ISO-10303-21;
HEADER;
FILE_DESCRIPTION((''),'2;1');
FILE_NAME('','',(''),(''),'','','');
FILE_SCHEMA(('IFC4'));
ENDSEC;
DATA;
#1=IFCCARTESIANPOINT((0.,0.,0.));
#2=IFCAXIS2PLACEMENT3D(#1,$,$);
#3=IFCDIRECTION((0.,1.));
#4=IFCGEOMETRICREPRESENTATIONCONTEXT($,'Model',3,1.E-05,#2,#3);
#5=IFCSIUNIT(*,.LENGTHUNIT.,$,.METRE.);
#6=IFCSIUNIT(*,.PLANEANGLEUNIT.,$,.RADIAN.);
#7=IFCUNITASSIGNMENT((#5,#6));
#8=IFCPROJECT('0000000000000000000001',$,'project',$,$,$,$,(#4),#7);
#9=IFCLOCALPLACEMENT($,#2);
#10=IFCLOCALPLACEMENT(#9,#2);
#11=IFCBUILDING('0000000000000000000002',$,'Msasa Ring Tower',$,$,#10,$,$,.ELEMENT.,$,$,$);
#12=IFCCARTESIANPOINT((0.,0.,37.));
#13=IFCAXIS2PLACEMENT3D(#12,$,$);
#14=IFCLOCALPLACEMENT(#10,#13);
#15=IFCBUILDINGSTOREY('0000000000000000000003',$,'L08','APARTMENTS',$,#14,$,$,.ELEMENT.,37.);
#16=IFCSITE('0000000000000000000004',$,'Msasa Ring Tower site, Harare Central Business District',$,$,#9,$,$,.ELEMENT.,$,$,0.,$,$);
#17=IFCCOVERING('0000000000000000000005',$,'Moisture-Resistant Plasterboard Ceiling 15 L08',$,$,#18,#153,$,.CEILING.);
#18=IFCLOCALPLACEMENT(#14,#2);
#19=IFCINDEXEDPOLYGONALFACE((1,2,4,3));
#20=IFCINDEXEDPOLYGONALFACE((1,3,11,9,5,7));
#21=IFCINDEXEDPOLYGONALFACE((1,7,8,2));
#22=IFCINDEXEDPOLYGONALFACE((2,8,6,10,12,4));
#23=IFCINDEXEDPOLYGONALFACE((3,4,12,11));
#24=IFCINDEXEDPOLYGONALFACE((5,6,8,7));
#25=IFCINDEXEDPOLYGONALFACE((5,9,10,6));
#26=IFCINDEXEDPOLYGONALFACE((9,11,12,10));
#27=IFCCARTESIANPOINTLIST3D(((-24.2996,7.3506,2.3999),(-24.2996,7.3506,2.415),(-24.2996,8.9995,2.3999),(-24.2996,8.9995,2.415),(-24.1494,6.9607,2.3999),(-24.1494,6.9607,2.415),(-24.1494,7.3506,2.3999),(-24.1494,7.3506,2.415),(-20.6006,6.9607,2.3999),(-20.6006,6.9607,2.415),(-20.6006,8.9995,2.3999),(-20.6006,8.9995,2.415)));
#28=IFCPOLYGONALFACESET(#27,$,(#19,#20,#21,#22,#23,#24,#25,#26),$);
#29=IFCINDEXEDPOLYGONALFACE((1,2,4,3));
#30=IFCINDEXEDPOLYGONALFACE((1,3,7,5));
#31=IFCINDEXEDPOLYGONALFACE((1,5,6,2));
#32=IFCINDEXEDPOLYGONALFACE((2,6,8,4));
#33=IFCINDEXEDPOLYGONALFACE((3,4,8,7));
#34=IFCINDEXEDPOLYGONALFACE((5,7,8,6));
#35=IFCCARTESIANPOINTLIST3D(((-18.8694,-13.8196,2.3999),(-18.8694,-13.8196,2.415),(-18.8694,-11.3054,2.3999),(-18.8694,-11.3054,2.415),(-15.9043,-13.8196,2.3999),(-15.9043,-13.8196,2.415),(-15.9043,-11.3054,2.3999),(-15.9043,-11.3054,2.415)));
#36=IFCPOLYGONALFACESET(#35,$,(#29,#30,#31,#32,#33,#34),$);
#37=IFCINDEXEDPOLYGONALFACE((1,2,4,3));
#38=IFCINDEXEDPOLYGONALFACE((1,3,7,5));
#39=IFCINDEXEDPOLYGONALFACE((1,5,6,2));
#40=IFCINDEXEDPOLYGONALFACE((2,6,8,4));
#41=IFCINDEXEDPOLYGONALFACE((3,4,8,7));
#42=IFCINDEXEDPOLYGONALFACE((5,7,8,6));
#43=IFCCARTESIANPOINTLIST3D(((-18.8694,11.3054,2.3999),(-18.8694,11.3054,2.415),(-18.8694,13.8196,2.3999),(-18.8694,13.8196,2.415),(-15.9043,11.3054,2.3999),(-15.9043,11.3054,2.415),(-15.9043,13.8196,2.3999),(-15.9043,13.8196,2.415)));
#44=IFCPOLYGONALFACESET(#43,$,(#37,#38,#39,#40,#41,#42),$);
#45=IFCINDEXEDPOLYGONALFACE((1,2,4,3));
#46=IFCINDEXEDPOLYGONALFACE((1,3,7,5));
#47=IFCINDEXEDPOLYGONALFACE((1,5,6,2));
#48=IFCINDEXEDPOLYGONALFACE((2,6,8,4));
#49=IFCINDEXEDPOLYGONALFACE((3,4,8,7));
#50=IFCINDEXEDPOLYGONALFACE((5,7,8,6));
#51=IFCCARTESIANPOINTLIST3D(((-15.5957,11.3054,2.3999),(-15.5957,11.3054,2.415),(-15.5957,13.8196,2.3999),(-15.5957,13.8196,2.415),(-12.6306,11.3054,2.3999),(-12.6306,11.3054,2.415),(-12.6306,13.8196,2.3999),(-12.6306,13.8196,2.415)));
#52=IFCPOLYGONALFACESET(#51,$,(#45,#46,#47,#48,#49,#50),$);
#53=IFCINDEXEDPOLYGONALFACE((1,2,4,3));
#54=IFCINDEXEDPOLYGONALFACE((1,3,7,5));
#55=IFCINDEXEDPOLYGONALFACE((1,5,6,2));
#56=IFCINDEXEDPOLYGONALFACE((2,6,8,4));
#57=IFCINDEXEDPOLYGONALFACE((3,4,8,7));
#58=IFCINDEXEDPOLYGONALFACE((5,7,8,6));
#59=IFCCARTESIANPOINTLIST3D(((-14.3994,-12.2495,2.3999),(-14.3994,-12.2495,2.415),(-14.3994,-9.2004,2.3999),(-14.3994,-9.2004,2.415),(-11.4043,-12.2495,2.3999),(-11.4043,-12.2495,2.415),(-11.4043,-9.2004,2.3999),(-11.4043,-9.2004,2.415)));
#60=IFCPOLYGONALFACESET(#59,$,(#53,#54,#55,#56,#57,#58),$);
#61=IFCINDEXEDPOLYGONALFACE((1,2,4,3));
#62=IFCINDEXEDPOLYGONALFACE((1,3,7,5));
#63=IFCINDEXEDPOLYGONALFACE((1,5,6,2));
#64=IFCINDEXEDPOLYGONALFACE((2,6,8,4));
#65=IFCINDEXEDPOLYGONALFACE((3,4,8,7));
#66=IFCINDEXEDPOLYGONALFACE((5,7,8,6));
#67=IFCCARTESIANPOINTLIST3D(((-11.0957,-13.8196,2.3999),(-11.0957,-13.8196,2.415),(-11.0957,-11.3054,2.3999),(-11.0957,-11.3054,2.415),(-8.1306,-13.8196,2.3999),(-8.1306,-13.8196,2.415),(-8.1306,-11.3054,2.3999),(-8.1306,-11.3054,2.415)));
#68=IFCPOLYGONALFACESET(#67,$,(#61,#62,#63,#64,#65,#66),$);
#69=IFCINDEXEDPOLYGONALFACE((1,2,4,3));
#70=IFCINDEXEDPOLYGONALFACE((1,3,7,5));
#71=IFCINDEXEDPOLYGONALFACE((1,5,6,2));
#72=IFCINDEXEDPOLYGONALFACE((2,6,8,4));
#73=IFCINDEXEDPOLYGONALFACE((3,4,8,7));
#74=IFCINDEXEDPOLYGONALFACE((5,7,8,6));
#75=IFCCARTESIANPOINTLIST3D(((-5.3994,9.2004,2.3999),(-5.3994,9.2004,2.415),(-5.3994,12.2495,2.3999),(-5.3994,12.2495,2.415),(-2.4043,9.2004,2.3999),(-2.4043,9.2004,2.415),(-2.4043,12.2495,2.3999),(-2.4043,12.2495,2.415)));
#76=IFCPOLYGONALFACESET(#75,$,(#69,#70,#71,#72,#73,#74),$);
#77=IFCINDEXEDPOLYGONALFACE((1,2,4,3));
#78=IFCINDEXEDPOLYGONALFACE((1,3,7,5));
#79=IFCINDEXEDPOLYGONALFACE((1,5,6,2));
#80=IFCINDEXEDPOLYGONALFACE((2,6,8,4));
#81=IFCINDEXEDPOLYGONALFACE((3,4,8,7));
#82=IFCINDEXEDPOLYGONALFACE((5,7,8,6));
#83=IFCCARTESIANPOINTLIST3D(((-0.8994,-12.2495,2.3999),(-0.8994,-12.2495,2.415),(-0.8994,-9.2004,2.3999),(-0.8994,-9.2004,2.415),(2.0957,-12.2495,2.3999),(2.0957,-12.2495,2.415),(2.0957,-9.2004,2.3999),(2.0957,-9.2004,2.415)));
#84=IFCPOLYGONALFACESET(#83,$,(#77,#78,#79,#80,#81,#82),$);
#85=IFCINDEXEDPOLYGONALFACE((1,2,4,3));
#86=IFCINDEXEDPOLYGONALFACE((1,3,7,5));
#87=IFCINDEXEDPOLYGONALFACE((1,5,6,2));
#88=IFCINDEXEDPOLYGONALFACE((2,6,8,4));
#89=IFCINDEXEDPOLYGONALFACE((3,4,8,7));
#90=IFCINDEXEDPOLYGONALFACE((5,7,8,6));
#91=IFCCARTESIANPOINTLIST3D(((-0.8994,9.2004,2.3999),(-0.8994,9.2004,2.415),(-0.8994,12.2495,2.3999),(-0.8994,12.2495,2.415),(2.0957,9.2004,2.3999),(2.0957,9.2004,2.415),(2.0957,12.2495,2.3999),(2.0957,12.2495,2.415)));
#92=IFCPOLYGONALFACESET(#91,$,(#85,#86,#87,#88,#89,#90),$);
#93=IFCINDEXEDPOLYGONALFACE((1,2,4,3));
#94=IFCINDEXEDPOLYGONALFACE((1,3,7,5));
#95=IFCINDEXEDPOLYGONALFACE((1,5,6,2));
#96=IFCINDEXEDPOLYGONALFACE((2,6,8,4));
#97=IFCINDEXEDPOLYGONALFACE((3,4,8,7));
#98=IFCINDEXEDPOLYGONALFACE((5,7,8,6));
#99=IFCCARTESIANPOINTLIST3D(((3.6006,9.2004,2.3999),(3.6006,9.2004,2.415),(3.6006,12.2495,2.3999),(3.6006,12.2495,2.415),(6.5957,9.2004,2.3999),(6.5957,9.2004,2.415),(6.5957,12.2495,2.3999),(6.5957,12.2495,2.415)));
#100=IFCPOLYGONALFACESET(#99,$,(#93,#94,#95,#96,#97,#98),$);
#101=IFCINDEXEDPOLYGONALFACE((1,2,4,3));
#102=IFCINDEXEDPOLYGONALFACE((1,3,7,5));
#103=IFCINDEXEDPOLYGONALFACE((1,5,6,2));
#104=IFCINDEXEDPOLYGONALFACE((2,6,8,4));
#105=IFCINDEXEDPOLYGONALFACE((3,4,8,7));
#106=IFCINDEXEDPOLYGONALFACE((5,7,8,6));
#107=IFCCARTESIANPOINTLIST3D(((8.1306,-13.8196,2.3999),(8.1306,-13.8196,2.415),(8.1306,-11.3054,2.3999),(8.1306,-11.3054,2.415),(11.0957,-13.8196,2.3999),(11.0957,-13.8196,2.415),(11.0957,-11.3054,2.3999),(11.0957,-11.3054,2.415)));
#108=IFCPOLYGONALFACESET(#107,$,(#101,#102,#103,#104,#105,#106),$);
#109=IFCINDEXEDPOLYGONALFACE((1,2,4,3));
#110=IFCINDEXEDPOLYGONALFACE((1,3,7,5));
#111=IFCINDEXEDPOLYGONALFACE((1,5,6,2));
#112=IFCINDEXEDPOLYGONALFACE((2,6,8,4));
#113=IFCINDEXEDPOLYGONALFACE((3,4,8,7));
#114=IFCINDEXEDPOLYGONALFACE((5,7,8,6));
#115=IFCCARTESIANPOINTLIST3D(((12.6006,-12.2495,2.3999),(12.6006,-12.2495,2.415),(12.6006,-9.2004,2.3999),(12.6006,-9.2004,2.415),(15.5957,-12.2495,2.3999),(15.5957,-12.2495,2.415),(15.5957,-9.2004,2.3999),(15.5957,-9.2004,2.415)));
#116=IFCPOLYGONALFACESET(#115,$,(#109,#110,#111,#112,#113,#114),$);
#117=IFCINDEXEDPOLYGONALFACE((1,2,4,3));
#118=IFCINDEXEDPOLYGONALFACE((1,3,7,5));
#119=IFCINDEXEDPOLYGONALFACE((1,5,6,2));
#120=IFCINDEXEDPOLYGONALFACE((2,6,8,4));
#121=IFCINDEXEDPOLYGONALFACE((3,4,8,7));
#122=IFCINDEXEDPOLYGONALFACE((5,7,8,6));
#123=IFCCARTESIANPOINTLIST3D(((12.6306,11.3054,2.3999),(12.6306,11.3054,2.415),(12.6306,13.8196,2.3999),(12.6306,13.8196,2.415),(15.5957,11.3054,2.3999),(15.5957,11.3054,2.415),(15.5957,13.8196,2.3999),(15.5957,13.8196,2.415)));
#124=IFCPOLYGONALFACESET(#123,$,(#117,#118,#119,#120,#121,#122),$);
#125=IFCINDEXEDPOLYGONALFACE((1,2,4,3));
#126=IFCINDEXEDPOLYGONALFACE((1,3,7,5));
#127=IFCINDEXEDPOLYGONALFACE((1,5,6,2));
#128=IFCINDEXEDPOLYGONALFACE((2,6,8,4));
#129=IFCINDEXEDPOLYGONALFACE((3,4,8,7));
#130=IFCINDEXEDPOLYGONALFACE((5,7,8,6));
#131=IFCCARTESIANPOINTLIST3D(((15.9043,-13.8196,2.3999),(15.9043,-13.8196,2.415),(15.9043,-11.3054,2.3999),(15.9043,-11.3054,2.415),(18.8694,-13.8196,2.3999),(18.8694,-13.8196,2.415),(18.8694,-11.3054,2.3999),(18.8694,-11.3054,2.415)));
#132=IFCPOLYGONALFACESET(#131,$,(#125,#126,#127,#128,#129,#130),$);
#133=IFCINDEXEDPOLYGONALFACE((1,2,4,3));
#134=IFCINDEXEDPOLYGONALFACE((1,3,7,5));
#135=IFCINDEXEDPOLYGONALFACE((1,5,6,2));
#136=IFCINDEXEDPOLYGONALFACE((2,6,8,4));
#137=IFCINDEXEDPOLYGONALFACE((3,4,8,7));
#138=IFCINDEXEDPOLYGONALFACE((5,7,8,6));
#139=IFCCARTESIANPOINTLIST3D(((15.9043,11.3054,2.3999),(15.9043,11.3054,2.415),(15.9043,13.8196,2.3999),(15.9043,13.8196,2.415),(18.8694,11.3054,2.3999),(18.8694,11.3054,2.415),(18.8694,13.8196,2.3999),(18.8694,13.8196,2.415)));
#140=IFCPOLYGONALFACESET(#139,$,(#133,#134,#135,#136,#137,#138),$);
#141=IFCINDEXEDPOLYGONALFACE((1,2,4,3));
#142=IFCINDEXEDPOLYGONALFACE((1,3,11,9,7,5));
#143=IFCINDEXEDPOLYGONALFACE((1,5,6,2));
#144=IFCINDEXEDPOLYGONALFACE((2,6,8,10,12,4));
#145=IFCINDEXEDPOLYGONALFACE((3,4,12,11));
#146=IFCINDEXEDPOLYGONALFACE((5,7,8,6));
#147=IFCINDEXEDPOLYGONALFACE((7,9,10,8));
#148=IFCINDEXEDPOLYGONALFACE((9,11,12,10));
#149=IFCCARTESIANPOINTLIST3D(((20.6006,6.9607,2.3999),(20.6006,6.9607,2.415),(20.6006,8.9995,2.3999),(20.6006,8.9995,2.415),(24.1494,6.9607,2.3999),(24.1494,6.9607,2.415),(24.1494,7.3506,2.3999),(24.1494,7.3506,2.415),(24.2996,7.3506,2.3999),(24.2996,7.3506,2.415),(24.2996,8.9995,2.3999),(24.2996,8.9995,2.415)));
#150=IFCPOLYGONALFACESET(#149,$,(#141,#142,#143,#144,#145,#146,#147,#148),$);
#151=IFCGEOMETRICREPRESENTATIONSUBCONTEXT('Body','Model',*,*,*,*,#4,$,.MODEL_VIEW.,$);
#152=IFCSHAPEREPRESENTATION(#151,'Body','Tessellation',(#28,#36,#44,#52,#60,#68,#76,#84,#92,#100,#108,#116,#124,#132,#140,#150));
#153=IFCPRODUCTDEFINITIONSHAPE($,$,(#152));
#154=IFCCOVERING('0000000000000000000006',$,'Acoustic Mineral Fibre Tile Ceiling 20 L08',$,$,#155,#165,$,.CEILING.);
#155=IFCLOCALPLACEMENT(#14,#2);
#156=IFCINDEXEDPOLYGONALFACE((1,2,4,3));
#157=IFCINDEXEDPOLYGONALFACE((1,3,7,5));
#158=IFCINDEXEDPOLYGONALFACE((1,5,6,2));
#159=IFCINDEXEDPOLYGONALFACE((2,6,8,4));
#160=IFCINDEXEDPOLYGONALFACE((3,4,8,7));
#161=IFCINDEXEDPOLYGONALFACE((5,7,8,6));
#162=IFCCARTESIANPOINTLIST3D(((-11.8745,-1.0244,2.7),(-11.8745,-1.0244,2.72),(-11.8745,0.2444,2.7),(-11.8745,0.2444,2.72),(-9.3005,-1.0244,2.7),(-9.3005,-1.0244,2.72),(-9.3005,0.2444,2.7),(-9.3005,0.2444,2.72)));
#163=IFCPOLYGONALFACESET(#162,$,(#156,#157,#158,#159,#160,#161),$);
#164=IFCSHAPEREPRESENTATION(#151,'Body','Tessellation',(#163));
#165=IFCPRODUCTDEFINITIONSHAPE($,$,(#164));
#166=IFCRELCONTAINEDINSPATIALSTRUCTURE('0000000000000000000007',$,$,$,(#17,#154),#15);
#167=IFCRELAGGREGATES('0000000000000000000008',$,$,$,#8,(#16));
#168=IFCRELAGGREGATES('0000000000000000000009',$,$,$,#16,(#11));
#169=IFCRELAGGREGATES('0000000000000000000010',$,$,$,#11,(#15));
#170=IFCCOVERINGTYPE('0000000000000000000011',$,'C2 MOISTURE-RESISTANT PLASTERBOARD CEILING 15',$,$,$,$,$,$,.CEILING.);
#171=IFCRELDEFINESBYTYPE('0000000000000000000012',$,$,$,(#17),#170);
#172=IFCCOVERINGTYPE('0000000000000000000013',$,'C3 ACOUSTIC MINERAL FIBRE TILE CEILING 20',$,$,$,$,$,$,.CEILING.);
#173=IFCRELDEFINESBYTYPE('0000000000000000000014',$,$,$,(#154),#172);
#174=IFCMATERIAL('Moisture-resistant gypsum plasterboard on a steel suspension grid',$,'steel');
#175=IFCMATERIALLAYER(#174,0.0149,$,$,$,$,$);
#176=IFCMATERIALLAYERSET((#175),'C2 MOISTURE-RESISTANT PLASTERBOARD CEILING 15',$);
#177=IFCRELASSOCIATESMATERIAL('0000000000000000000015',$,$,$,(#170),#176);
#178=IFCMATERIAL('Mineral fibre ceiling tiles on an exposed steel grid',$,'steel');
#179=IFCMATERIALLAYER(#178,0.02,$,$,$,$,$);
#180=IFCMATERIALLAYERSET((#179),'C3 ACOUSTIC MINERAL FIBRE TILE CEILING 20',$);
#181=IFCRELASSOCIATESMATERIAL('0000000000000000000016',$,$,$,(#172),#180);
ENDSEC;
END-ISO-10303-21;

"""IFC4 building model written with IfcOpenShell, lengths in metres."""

from ifc_helpers import new_model, si_unit, direction, frame, origin, place, context, subcontext, project, spatial, line, indexed_curve, outline, extrude, material, layer, layer_set, type_object, element, save


model = new_model("IFC4")

# Units and contexts
model_context = context("Model", 3, precision=1e-05, world=origin(), true_north=direction((0.0, 1.0)))
body_context = subcontext(model_context, "Body", "Model", "MODEL_VIEW")
ifc_project = project(units=[si_unit("LENGTHUNIT", "METRE"), si_unit("PLANEANGLEUNIT", "RADIAN")], contexts=[model_context])

# Site, building, storey
site_placement = place(None, origin())
site = spatial("IfcSite", under=ifc_project, at=site_placement, Name="Msasa Ring Tower site, Harare Central Business District", CompositionType="ELEMENT", RefElevation=0.0)
building_placement = place(site_placement, origin())
building = spatial("IfcBuilding", under=site, at=building_placement, Name="Msasa Ring Tower", CompositionType="ELEMENT")
storey_placement = place(building_placement, frame((0.0, 0.0, 37.0)))
storey = spatial("IfcBuildingStorey", under=building, at=storey_placement, Name="L08", Description="APARTMENTS", CompositionType="ELEMENT", Elevation=37.0)

# Coverings
ifc_material_1 = material(Name="Moisture-resistant gypsum plasterboard on a steel suspension grid", Category="steel")
ifc_layer_1 = layer(ifc_material_1, 0.0149)
ifc_layer_set_1 = layer_set([ifc_layer_1], Name="C2 MOISTURE-RESISTANT PLASTERBOARD CEILING 15")
covering_type_1 = type_object("IfcCoveringType", Name="C2 MOISTURE-RESISTANT PLASTERBOARD CEILING 15", PredefinedType="CEILING", material=ifc_layer_set_1)
covering_1_placement = place(storey_placement, frame((0.0, 0.0, 2.3999)))
element("IfcCovering", 1, at=covering_1_placement, inside=storey, type_object=covering_type_1, Name="Moisture-Resistant Plasterboard Ceiling 15 L08", PredefinedType="CEILING", context=body_context, shape_type="SweptSolid", body=[
    extrude(outline(indexed_curve([(-20.6006, 6.9607), (-24.1494, 6.9607), (-24.1494, 7.3506), (-24.2996, 7.3506), (-24.2996, 8.9995), (-20.6006, 8.9995)], segments=[line(1, 2, 3, 4, 5, 6, 1)], self_intersect=False)), origin(), (0.0, 0.0, 1.0), 0.0151),
    extrude(outline(indexed_curve([(-18.8694, -11.3054), (-15.9043, -11.3054), (-15.9043, -13.8196), (-18.8694, -13.8196)], segments=[line(1, 2, 3, 4, 1)], self_intersect=False)), origin(), (0.0, 0.0, 1.0), 0.0151),
    extrude(outline(indexed_curve([(-18.8694, 13.8196), (-15.9043, 13.8196), (-15.9043, 11.3054), (-18.8694, 11.3054)], segments=[line(1, 2, 3, 4, 1)], self_intersect=False)), origin(), (0.0, 0.0, 1.0), 0.0151),
    extrude(outline(indexed_curve([(-12.6306, 13.8196), (-12.6306, 11.3054), (-15.5957, 11.3054), (-15.5957, 13.8196)], segments=[line(1, 2, 3, 4, 1)], self_intersect=False)), origin(), (0.0, 0.0, 1.0), 0.0151),
    extrude(outline(indexed_curve([(-14.3994, -9.2004), (-11.4043, -9.2004), (-11.4043, -12.2495), (-14.3994, -12.2495)], segments=[line(1, 2, 3, 4, 1)], self_intersect=False)), origin(), (0.0, 0.0, 1.0), 0.0151),
    extrude(outline(indexed_curve([(-8.1306, -11.3054), (-8.1306, -13.8196), (-11.0957, -13.8196), (-11.0957, -11.3054)], segments=[line(1, 2, 3, 4, 1)], self_intersect=False)), origin(), (0.0, 0.0, 1.0), 0.0151),
    extrude(outline(indexed_curve([(-5.3994, 12.2495), (-2.4043, 12.2495), (-2.4043, 9.2004), (-5.3994, 9.2004)], segments=[line(1, 2, 3, 4, 1)], self_intersect=False)), origin(), (0.0, 0.0, 1.0), 0.0151),
    extrude(outline(indexed_curve([(-0.8994, -9.2004), (2.0957, -9.2004), (2.0957, -12.2495), (-0.8994, -12.2495)], segments=[line(1, 2, 3, 4, 1)], self_intersect=False)), origin(), (0.0, 0.0, 1.0), 0.0151),
    extrude(outline(indexed_curve([(-0.8994, 12.2495), (2.0957, 12.2495), (2.0957, 9.2004), (-0.8994, 9.2004)], segments=[line(1, 2, 3, 4, 1)], self_intersect=False)), origin(), (0.0, 0.0, 1.0), 0.0151),
    extrude(outline(indexed_curve([(3.6006, 12.2495), (6.5957, 12.2495), (6.5957, 9.2004), (3.6006, 9.2004)], segments=[line(1, 2, 3, 4, 1)], self_intersect=False)), origin(), (0.0, 0.0, 1.0), 0.0151),
    extrude(outline(indexed_curve([(8.1306, -11.3054), (11.0957, -11.3054), (11.0957, -13.8196), (8.1306, -13.8196)], segments=[line(1, 2, 3, 4, 1)], self_intersect=False)), origin(), (0.0, 0.0, 1.0), 0.0151),
    extrude(outline(indexed_curve([(12.6006, -9.2004), (15.5957, -9.2004), (15.5957, -12.2495), (12.6006, -12.2495)], segments=[line(1, 2, 3, 4, 1)], self_intersect=False)), origin(), (0.0, 0.0, 1.0), 0.0151),
    extrude(outline(indexed_curve([(12.6306, 13.8196), (15.5957, 13.8196), (15.5957, 11.3054), (12.6306, 11.3054)], segments=[line(1, 2, 3, 4, 1)], self_intersect=False)), origin(), (0.0, 0.0, 1.0), 0.0151),
    extrude(outline(indexed_curve([(18.8694, -11.3054), (18.8694, -13.8196), (15.9043, -13.8196), (15.9043, -11.3054)], segments=[line(1, 2, 3, 4, 1)], self_intersect=False)), origin(), (0.0, 0.0, 1.0), 0.0151),
    extrude(outline(indexed_curve([(18.8694, 13.8196), (18.8694, 11.3054), (15.9043, 11.3054), (15.9043, 13.8196)], segments=[line(1, 2, 3, 4, 1)], self_intersect=False)), origin(), (0.0, 0.0, 1.0), 0.0151),
    extrude(outline(indexed_curve([(20.6006, 8.9995), (24.2996, 8.9995), (24.2996, 7.3506), (24.1494, 7.3506), (24.1494, 6.9607), (20.6006, 6.9607)], segments=[line(1, 2, 3, 4, 5, 6, 1)], self_intersect=False)), origin(), (0.0, 0.0, 1.0), 0.0151),
])
ifc_material_2 = material(Name="Mineral fibre ceiling tiles on an exposed steel grid", Category="steel")
ifc_layer_2 = layer(ifc_material_2, 0.02)
ifc_layer_set_2 = layer_set([ifc_layer_2], Name="C3 ACOUSTIC MINERAL FIBRE TILE CEILING 20")
covering_type_2 = type_object("IfcCoveringType", Name="C3 ACOUSTIC MINERAL FIBRE TILE CEILING 20", PredefinedType="CEILING", material=ifc_layer_set_2)
covering_2_placement = place(storey_placement, frame((0.0, 0.0, 2.7)))
element("IfcCovering", 2, at=covering_2_placement, inside=storey, type_object=covering_type_2, Name="Acoustic Mineral Fibre Tile Ceiling 20 L08", PredefinedType="CEILING", context=body_context, shape_type="SweptSolid", body=[
    extrude(outline(indexed_curve([(-11.8745, 0.2444), (-9.3005, 0.2444), (-9.3005, -1.0244), (-11.8745, -1.0244)], segments=[line(1, 2, 3, 4, 1)], self_intersect=False)), origin(), (0.0, 0.0, 1.0), 0.02),
])

save(model, "model.ifc")
